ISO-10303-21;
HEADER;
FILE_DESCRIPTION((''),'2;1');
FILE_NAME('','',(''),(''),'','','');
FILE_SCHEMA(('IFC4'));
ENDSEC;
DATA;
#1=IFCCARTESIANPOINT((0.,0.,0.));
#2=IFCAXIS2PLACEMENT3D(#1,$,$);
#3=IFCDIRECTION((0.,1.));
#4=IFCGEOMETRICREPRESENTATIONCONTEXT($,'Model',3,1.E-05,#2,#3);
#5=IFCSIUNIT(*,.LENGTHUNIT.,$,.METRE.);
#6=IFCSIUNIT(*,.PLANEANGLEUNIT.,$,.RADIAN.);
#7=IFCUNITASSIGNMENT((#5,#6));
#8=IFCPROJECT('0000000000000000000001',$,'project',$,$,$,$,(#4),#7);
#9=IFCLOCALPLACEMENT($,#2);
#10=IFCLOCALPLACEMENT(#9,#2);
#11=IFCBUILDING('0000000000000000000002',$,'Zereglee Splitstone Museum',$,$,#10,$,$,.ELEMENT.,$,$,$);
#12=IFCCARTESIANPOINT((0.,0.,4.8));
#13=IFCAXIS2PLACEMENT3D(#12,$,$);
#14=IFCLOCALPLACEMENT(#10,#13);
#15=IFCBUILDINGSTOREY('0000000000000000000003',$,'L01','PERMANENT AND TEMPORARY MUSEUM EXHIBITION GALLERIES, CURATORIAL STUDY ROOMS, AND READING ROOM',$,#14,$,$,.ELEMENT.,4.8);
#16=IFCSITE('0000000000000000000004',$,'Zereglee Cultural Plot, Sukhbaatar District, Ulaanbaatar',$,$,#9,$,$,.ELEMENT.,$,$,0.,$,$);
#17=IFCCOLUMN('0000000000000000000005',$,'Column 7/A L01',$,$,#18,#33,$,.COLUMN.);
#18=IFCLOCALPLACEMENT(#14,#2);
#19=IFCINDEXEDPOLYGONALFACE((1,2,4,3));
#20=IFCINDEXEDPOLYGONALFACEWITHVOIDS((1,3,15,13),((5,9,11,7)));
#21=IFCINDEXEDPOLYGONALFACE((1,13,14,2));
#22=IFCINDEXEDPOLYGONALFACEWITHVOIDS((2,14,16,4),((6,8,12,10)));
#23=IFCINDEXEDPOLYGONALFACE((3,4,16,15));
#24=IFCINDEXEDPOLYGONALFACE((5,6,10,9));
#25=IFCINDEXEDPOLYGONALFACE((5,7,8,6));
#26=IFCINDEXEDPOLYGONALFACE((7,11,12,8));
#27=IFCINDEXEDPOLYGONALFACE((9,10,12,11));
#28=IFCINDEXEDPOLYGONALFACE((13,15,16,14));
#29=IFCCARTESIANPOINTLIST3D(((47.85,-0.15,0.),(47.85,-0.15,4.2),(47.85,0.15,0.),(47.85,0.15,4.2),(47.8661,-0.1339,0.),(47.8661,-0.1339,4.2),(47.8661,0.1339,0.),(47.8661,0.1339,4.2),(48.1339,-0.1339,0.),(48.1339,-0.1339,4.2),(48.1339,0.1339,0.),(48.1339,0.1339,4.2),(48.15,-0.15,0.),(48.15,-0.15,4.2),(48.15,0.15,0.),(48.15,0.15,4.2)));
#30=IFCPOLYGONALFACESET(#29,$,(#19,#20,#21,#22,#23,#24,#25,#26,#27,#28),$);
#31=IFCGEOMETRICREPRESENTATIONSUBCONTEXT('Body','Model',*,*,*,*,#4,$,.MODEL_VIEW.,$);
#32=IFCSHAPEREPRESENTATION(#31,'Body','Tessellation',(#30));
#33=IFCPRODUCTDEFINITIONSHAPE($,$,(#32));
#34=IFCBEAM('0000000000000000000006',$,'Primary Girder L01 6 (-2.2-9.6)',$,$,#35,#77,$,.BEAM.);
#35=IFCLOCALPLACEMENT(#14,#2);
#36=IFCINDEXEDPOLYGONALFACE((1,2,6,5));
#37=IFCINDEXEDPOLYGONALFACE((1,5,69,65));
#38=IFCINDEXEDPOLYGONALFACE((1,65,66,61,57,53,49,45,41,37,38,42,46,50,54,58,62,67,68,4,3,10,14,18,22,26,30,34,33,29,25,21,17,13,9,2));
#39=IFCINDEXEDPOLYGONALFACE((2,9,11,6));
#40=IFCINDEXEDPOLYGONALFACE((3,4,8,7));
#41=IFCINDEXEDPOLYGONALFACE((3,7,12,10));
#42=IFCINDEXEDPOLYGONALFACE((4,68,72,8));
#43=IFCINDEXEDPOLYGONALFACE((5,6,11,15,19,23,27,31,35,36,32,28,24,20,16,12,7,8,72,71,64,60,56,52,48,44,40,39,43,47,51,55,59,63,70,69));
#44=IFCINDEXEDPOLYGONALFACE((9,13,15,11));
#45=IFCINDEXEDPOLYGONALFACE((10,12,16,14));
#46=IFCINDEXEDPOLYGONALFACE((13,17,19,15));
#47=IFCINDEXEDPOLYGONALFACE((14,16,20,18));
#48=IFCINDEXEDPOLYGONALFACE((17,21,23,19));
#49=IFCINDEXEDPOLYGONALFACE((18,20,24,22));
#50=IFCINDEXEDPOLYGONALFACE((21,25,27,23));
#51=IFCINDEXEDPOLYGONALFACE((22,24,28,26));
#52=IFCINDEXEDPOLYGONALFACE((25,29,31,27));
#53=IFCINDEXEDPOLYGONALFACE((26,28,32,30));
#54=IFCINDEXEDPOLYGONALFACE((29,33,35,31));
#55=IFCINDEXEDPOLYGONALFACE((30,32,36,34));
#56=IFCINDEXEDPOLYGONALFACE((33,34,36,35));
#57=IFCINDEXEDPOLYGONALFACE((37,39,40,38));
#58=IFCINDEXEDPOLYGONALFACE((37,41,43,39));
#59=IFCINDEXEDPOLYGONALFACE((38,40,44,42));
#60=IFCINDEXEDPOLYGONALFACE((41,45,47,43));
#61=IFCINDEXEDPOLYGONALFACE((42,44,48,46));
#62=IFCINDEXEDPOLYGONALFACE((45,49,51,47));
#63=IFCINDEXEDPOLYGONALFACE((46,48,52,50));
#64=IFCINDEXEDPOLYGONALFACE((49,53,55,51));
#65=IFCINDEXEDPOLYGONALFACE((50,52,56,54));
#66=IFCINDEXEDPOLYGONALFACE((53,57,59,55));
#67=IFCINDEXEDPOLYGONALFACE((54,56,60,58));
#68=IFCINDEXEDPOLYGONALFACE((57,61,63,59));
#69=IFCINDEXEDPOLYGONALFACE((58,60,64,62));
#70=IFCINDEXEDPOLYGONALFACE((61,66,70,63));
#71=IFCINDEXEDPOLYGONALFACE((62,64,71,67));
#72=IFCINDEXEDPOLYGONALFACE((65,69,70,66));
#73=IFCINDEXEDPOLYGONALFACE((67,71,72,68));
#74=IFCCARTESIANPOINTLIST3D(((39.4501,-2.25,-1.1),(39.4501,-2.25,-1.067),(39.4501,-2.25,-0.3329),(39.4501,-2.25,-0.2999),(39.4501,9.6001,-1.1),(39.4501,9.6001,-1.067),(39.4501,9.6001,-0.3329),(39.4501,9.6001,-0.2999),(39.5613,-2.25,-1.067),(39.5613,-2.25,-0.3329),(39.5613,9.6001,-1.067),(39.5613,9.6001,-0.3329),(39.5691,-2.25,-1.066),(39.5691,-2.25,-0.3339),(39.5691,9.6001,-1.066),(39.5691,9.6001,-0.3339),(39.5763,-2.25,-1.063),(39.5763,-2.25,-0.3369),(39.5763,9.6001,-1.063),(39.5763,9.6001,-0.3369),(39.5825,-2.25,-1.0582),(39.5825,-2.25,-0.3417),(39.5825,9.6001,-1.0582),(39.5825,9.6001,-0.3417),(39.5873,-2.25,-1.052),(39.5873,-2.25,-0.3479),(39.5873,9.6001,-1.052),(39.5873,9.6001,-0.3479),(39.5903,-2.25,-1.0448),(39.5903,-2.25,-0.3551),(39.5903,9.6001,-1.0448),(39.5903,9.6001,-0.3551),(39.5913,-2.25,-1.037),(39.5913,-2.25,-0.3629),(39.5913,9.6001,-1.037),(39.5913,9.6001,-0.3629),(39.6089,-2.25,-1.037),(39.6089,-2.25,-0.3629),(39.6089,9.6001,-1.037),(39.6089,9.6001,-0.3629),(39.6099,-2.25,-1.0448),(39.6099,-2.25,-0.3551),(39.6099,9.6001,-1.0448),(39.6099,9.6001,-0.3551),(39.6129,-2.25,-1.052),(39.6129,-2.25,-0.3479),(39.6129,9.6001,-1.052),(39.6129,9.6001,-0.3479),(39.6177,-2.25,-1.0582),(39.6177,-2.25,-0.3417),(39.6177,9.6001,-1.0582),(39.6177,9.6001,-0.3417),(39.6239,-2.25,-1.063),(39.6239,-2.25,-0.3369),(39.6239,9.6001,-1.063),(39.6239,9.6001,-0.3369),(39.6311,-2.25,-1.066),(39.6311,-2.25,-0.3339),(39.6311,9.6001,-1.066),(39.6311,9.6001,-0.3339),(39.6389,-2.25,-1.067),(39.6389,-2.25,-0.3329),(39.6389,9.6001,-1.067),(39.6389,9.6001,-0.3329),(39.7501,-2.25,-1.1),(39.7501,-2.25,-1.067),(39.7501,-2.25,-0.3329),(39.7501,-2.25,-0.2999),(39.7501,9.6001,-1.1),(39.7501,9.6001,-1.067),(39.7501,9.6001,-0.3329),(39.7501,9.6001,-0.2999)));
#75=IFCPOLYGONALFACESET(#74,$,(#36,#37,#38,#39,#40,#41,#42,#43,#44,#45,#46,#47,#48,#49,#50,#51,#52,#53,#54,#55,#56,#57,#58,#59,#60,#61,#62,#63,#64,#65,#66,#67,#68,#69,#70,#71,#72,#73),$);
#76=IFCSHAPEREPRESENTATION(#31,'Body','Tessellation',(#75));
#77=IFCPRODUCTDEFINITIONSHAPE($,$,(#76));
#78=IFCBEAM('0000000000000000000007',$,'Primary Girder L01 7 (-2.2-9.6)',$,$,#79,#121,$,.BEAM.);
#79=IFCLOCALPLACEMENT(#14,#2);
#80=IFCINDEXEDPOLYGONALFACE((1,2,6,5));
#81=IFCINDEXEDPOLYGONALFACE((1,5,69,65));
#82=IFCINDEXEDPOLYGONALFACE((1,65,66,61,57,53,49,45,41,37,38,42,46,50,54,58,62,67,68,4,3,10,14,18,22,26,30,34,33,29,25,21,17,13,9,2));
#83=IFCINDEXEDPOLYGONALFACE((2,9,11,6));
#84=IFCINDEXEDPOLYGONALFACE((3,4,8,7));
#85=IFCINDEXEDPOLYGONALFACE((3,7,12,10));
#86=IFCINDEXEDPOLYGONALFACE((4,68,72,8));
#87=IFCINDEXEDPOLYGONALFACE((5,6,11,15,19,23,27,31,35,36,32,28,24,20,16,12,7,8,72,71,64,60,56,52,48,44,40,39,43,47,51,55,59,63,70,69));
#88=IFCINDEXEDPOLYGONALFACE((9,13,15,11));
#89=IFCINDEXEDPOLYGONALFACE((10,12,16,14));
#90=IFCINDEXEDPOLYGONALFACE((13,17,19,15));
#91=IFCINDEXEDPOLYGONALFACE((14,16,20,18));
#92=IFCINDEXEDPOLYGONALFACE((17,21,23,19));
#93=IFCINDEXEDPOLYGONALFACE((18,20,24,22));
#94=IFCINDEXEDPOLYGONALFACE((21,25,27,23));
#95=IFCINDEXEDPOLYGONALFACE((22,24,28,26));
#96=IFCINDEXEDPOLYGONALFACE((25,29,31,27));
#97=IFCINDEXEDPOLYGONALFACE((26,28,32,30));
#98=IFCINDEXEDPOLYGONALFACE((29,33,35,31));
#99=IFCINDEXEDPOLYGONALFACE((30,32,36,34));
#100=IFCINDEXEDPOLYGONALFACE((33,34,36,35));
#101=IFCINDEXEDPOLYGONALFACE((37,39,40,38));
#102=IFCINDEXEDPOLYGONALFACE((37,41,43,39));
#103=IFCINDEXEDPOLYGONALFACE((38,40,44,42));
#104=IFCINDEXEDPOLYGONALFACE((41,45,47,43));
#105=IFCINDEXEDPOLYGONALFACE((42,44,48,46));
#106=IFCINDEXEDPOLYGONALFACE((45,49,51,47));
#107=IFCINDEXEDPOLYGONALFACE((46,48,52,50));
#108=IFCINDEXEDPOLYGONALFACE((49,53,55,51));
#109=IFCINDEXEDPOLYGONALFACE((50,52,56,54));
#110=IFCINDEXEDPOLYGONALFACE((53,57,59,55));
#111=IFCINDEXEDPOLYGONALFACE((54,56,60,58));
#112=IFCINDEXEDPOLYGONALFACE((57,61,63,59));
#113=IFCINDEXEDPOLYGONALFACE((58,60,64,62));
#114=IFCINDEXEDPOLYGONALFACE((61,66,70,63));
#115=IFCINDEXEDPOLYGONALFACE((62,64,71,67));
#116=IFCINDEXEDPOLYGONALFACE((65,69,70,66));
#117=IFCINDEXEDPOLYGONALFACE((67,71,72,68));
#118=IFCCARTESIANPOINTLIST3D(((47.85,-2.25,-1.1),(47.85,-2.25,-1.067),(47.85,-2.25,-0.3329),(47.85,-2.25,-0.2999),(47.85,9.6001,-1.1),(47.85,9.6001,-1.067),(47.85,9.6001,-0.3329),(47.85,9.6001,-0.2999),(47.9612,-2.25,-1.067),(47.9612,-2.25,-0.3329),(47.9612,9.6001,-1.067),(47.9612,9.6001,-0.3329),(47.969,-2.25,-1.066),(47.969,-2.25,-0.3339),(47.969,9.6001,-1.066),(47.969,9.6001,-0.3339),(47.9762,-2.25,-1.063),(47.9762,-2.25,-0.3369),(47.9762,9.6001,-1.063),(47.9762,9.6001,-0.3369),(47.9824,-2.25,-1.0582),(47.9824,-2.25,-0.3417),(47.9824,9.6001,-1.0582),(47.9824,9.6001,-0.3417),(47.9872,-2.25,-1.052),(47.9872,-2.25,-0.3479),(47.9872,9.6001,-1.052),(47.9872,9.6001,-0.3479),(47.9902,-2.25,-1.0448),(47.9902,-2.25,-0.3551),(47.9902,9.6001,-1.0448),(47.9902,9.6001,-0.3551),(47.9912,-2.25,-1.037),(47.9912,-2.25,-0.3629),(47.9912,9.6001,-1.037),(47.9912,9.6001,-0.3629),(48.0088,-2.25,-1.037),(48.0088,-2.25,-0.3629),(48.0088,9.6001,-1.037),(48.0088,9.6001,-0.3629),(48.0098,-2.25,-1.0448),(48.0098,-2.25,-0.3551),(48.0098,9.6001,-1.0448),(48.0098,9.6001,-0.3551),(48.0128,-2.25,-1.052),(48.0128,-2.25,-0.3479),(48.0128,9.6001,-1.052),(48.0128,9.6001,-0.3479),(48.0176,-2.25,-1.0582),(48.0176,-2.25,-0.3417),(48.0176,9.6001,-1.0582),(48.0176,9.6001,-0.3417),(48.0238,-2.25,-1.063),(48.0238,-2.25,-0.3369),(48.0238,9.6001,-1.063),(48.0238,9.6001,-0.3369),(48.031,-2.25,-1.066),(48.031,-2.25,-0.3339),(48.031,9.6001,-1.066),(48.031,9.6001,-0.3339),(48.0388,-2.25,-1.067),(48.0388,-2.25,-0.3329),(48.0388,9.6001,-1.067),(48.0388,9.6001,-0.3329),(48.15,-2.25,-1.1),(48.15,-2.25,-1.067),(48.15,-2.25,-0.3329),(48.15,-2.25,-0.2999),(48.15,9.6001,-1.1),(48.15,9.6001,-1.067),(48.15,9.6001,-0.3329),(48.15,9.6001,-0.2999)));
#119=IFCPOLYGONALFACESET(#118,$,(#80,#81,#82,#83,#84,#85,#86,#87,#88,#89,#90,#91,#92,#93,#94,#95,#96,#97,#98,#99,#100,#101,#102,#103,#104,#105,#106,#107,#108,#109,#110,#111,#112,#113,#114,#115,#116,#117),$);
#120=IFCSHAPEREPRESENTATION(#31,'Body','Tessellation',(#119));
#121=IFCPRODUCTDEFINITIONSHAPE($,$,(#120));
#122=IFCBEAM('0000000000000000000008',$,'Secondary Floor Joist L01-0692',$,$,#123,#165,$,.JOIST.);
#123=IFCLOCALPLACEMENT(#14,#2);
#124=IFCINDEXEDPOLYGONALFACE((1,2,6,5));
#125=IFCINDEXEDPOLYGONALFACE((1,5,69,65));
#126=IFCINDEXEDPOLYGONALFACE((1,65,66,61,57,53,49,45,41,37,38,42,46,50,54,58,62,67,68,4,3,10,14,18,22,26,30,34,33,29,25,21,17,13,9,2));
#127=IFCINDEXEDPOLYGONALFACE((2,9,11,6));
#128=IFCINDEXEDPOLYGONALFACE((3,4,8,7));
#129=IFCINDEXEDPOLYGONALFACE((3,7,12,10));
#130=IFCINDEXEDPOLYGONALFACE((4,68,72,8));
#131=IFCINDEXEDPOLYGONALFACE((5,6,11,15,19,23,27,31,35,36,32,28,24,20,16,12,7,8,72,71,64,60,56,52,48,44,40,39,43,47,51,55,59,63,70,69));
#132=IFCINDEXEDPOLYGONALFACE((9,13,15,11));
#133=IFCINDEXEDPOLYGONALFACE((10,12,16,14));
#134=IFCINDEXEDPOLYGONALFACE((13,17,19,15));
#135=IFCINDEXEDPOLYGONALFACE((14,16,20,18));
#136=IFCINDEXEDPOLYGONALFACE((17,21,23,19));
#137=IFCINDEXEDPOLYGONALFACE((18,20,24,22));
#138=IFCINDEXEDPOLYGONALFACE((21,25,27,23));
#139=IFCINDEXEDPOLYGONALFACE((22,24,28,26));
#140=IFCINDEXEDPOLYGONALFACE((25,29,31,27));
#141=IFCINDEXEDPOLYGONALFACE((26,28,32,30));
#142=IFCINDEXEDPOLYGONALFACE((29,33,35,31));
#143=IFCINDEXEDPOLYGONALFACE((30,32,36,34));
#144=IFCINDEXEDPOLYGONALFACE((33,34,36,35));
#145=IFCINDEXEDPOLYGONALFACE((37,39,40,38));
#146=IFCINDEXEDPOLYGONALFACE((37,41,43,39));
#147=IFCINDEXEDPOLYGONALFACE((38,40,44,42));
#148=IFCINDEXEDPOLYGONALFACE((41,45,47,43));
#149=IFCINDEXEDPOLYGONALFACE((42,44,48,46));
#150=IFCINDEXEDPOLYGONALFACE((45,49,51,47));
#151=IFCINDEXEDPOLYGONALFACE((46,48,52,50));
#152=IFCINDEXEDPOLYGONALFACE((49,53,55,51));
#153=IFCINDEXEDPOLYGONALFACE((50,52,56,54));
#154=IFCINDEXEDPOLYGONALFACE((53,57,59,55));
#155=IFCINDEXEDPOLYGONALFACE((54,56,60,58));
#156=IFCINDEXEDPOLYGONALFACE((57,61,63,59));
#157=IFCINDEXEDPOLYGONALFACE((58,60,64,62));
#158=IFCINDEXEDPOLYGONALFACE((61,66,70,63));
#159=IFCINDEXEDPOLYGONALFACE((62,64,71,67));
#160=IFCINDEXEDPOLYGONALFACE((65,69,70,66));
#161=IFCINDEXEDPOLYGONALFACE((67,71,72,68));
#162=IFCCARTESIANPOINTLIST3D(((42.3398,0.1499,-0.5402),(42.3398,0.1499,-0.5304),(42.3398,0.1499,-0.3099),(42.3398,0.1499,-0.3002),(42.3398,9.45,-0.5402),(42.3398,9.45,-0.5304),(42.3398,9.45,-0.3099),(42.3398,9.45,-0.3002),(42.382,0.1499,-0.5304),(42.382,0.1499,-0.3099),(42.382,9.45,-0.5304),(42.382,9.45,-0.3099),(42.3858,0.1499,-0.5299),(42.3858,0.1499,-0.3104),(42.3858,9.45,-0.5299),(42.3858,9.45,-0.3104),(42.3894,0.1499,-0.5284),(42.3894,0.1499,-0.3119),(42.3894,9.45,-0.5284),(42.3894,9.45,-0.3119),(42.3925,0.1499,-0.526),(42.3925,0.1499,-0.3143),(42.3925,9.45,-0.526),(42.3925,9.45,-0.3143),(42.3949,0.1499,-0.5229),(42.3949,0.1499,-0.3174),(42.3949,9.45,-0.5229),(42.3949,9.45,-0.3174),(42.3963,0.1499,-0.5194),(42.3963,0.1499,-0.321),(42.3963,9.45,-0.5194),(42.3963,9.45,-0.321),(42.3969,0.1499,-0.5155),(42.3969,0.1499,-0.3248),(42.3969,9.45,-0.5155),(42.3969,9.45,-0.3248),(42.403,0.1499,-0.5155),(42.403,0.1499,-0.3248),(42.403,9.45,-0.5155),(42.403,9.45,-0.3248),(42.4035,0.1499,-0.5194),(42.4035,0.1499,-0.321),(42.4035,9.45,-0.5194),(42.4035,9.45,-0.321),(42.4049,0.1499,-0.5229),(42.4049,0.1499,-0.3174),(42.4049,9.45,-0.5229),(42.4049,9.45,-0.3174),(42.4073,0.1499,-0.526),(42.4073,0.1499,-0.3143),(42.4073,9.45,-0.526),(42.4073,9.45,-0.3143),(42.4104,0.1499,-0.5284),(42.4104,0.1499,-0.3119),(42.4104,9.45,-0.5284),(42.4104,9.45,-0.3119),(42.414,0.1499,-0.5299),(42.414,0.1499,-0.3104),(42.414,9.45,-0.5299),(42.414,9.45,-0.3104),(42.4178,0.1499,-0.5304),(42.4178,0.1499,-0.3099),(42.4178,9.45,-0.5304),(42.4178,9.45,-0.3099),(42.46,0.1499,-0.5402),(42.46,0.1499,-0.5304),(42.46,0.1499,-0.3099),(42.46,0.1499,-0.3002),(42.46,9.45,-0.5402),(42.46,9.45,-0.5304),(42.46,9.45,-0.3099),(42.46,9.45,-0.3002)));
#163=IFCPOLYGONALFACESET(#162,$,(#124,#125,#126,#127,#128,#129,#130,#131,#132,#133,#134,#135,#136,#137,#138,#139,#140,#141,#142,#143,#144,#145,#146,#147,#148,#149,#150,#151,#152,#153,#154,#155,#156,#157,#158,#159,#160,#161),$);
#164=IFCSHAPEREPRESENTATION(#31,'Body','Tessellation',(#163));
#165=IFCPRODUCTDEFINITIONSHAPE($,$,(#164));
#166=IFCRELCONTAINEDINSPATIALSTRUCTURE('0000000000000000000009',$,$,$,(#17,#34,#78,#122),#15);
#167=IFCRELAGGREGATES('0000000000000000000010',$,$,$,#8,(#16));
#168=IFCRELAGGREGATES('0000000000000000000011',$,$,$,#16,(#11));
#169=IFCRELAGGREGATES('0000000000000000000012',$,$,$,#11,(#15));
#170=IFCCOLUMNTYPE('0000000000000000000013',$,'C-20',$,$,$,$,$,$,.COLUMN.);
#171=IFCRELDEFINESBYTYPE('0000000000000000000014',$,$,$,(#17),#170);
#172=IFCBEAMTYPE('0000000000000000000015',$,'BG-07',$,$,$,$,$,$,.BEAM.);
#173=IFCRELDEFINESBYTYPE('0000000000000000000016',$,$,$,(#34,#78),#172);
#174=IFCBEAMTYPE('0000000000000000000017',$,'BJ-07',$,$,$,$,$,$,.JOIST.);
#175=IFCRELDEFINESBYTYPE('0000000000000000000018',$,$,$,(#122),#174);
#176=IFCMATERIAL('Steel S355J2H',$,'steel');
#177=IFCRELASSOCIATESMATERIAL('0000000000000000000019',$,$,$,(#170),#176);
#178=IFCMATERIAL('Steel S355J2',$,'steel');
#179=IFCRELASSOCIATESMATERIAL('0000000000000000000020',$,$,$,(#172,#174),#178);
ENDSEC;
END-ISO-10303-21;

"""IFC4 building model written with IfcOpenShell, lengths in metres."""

from ifc_helpers import new_model, si_unit, direction, frame, origin, origin_2d, place, context, subcontext, project, spatial, hollow_rectangle, i_section, extrude, material, material_profile, profile_set, type_object, element, save


model = new_model("IFC4")

# Units and contexts
model_context = context("Model", 3, precision=1e-05, world=origin(), true_north=direction((0.0, 1.0)))
body_context = subcontext(model_context, "Body", "Model", "MODEL_VIEW")
ifc_project = project(units=[si_unit("LENGTHUNIT", "METRE"), si_unit("PLANEANGLEUNIT", "RADIAN")], contexts=[model_context])

# Site, building, storey
site_placement = place(None, origin())
site = spatial("IfcSite", under=ifc_project, at=site_placement, Name="Zereglee Cultural Plot, Sukhbaatar District, Ulaanbaatar", CompositionType="ELEMENT", RefElevation=0.0)
building_placement = place(site_placement, origin())
building = spatial("IfcBuilding", under=site, at=building_placement, Name="Zereglee Splitstone Museum", CompositionType="ELEMENT")
storey_placement = place(building_placement, frame((0.0, 0.0, 4.8)))
storey = spatial("IfcBuildingStorey", under=building, at=storey_placement, Name="L01", Description="PERMANENT AND TEMPORARY MUSEUM EXHIBITION GALLERIES, CURATORIAL STUDY ROOMS, AND READING ROOM", CompositionType="ELEMENT", Elevation=4.8)

# Column
ifc_material_1 = material(Name="Steel S355J2H", Category="steel")
ifc_material_profile_1 = material_profile(ifc_material_1, hollow_rectangle(XDim=0.3, YDim=0.3, WallThickness=0.0161, at=origin_2d()), Name="SHS 300x300x16")
ifc_profile_set_1 = profile_set([ifc_material_profile_1], Name="Steel S355J2H")
column_type = type_object("IfcColumnType", Name="C-20", PredefinedType="COLUMN", material=ifc_profile_set_1)
column_placement = place(storey_placement, frame((48.0, 0.0, 0.0), z_axis=(0.0, 0.0, 1.0), x_axis=(1.0, 0.0, 0.0)))
element("IfcColumn", 1, at=column_placement, inside=storey, type_object=column_type, Name="Column 7/A L01", PredefinedType="COLUMN", context=body_context, shape_type="SweptSolid", body=[
    extrude(hollow_rectangle(XDim=0.3, YDim=0.3, WallThickness=0.0161, at=origin_2d()), origin(), (0.0, 0.0, 1.0), 4.2),
])

# Beams
ifc_material_2 = material(Name="Steel S355J2", Category="steel")
ifc_material_profile_2 = material_profile(ifc_material_2, i_section(OverallWidth=0.3, OverallDepth=0.8, WebThickness=0.0176, FlangeThickness=0.033, FilletRadius=0.03, at=origin_2d()), Name="HE 800 B")
ifc_profile_set_2 = profile_set([ifc_material_profile_2], Name="Steel S355J2")
beam_type_1 = type_object("IfcBeamType", Name="BG-07", PredefinedType="BEAM", material=ifc_profile_set_2)
for number, where, z_axis, x_axis, name in (
    (2, (39.6001, -2.25, -0.7), (0.0, 1.0, 0.0), (-1.0, 0.0, 0.0), "Primary Girder L01 6 (-2.2-9.6)"),
    (3, (48.0, -2.25, -0.7), (0.0, 1.0, 0.0), (-1.0, 0.0, 0.0), "Primary Girder L01 7 (-2.2-9.6)"),
):
    element("IfcBeam", number, at=place(storey_placement, frame(where, z_axis=z_axis, x_axis=x_axis)), inside=storey, type_object=beam_type_1, Name=name, PredefinedType="BEAM", context=body_context, shape_type="SweptSolid", body=[
        extrude(i_section(OverallWidth=0.3, OverallDepth=0.8, WebThickness=0.0176, FlangeThickness=0.033, FilletRadius=0.03, at=origin_2d()), origin(), (0.0, 0.0, 1.0), 11.8501),
    ])
ifc_material_profile_3 = material_profile(ifc_material_2, i_section(OverallWidth=0.1201, OverallDepth=0.24, WebThickness=0.0061, FlangeThickness=0.0098, FilletRadius=0.0149, at=origin_2d()), Name="IPE 240")
ifc_profile_set_3 = profile_set([ifc_material_profile_3], Name="Steel S355J2")
beam_type_2 = type_object("IfcBeamType", Name="BJ-07", PredefinedType="JOIST", material=ifc_profile_set_3)
beam_1_placement = place(storey_placement, frame((42.3999, 0.1499, -0.4202), z_axis=(0.0, 1.0, 0.0), x_axis=(-1.0, 0.0, 0.0)))
element("IfcBeam", 4, at=beam_1_placement, inside=storey, type_object=beam_type_2, Name="Secondary Floor Joist L01-0692", PredefinedType="JOIST", context=body_context, shape_type="SweptSolid", body=[
    extrude(i_section(OverallWidth=0.1201, OverallDepth=0.24, WebThickness=0.0061, FlangeThickness=0.0098, FilletRadius=0.0149, at=origin_2d()), origin(), (0.0, 0.0, 1.0), 9.3),
])

save(model, "model.ifc")
